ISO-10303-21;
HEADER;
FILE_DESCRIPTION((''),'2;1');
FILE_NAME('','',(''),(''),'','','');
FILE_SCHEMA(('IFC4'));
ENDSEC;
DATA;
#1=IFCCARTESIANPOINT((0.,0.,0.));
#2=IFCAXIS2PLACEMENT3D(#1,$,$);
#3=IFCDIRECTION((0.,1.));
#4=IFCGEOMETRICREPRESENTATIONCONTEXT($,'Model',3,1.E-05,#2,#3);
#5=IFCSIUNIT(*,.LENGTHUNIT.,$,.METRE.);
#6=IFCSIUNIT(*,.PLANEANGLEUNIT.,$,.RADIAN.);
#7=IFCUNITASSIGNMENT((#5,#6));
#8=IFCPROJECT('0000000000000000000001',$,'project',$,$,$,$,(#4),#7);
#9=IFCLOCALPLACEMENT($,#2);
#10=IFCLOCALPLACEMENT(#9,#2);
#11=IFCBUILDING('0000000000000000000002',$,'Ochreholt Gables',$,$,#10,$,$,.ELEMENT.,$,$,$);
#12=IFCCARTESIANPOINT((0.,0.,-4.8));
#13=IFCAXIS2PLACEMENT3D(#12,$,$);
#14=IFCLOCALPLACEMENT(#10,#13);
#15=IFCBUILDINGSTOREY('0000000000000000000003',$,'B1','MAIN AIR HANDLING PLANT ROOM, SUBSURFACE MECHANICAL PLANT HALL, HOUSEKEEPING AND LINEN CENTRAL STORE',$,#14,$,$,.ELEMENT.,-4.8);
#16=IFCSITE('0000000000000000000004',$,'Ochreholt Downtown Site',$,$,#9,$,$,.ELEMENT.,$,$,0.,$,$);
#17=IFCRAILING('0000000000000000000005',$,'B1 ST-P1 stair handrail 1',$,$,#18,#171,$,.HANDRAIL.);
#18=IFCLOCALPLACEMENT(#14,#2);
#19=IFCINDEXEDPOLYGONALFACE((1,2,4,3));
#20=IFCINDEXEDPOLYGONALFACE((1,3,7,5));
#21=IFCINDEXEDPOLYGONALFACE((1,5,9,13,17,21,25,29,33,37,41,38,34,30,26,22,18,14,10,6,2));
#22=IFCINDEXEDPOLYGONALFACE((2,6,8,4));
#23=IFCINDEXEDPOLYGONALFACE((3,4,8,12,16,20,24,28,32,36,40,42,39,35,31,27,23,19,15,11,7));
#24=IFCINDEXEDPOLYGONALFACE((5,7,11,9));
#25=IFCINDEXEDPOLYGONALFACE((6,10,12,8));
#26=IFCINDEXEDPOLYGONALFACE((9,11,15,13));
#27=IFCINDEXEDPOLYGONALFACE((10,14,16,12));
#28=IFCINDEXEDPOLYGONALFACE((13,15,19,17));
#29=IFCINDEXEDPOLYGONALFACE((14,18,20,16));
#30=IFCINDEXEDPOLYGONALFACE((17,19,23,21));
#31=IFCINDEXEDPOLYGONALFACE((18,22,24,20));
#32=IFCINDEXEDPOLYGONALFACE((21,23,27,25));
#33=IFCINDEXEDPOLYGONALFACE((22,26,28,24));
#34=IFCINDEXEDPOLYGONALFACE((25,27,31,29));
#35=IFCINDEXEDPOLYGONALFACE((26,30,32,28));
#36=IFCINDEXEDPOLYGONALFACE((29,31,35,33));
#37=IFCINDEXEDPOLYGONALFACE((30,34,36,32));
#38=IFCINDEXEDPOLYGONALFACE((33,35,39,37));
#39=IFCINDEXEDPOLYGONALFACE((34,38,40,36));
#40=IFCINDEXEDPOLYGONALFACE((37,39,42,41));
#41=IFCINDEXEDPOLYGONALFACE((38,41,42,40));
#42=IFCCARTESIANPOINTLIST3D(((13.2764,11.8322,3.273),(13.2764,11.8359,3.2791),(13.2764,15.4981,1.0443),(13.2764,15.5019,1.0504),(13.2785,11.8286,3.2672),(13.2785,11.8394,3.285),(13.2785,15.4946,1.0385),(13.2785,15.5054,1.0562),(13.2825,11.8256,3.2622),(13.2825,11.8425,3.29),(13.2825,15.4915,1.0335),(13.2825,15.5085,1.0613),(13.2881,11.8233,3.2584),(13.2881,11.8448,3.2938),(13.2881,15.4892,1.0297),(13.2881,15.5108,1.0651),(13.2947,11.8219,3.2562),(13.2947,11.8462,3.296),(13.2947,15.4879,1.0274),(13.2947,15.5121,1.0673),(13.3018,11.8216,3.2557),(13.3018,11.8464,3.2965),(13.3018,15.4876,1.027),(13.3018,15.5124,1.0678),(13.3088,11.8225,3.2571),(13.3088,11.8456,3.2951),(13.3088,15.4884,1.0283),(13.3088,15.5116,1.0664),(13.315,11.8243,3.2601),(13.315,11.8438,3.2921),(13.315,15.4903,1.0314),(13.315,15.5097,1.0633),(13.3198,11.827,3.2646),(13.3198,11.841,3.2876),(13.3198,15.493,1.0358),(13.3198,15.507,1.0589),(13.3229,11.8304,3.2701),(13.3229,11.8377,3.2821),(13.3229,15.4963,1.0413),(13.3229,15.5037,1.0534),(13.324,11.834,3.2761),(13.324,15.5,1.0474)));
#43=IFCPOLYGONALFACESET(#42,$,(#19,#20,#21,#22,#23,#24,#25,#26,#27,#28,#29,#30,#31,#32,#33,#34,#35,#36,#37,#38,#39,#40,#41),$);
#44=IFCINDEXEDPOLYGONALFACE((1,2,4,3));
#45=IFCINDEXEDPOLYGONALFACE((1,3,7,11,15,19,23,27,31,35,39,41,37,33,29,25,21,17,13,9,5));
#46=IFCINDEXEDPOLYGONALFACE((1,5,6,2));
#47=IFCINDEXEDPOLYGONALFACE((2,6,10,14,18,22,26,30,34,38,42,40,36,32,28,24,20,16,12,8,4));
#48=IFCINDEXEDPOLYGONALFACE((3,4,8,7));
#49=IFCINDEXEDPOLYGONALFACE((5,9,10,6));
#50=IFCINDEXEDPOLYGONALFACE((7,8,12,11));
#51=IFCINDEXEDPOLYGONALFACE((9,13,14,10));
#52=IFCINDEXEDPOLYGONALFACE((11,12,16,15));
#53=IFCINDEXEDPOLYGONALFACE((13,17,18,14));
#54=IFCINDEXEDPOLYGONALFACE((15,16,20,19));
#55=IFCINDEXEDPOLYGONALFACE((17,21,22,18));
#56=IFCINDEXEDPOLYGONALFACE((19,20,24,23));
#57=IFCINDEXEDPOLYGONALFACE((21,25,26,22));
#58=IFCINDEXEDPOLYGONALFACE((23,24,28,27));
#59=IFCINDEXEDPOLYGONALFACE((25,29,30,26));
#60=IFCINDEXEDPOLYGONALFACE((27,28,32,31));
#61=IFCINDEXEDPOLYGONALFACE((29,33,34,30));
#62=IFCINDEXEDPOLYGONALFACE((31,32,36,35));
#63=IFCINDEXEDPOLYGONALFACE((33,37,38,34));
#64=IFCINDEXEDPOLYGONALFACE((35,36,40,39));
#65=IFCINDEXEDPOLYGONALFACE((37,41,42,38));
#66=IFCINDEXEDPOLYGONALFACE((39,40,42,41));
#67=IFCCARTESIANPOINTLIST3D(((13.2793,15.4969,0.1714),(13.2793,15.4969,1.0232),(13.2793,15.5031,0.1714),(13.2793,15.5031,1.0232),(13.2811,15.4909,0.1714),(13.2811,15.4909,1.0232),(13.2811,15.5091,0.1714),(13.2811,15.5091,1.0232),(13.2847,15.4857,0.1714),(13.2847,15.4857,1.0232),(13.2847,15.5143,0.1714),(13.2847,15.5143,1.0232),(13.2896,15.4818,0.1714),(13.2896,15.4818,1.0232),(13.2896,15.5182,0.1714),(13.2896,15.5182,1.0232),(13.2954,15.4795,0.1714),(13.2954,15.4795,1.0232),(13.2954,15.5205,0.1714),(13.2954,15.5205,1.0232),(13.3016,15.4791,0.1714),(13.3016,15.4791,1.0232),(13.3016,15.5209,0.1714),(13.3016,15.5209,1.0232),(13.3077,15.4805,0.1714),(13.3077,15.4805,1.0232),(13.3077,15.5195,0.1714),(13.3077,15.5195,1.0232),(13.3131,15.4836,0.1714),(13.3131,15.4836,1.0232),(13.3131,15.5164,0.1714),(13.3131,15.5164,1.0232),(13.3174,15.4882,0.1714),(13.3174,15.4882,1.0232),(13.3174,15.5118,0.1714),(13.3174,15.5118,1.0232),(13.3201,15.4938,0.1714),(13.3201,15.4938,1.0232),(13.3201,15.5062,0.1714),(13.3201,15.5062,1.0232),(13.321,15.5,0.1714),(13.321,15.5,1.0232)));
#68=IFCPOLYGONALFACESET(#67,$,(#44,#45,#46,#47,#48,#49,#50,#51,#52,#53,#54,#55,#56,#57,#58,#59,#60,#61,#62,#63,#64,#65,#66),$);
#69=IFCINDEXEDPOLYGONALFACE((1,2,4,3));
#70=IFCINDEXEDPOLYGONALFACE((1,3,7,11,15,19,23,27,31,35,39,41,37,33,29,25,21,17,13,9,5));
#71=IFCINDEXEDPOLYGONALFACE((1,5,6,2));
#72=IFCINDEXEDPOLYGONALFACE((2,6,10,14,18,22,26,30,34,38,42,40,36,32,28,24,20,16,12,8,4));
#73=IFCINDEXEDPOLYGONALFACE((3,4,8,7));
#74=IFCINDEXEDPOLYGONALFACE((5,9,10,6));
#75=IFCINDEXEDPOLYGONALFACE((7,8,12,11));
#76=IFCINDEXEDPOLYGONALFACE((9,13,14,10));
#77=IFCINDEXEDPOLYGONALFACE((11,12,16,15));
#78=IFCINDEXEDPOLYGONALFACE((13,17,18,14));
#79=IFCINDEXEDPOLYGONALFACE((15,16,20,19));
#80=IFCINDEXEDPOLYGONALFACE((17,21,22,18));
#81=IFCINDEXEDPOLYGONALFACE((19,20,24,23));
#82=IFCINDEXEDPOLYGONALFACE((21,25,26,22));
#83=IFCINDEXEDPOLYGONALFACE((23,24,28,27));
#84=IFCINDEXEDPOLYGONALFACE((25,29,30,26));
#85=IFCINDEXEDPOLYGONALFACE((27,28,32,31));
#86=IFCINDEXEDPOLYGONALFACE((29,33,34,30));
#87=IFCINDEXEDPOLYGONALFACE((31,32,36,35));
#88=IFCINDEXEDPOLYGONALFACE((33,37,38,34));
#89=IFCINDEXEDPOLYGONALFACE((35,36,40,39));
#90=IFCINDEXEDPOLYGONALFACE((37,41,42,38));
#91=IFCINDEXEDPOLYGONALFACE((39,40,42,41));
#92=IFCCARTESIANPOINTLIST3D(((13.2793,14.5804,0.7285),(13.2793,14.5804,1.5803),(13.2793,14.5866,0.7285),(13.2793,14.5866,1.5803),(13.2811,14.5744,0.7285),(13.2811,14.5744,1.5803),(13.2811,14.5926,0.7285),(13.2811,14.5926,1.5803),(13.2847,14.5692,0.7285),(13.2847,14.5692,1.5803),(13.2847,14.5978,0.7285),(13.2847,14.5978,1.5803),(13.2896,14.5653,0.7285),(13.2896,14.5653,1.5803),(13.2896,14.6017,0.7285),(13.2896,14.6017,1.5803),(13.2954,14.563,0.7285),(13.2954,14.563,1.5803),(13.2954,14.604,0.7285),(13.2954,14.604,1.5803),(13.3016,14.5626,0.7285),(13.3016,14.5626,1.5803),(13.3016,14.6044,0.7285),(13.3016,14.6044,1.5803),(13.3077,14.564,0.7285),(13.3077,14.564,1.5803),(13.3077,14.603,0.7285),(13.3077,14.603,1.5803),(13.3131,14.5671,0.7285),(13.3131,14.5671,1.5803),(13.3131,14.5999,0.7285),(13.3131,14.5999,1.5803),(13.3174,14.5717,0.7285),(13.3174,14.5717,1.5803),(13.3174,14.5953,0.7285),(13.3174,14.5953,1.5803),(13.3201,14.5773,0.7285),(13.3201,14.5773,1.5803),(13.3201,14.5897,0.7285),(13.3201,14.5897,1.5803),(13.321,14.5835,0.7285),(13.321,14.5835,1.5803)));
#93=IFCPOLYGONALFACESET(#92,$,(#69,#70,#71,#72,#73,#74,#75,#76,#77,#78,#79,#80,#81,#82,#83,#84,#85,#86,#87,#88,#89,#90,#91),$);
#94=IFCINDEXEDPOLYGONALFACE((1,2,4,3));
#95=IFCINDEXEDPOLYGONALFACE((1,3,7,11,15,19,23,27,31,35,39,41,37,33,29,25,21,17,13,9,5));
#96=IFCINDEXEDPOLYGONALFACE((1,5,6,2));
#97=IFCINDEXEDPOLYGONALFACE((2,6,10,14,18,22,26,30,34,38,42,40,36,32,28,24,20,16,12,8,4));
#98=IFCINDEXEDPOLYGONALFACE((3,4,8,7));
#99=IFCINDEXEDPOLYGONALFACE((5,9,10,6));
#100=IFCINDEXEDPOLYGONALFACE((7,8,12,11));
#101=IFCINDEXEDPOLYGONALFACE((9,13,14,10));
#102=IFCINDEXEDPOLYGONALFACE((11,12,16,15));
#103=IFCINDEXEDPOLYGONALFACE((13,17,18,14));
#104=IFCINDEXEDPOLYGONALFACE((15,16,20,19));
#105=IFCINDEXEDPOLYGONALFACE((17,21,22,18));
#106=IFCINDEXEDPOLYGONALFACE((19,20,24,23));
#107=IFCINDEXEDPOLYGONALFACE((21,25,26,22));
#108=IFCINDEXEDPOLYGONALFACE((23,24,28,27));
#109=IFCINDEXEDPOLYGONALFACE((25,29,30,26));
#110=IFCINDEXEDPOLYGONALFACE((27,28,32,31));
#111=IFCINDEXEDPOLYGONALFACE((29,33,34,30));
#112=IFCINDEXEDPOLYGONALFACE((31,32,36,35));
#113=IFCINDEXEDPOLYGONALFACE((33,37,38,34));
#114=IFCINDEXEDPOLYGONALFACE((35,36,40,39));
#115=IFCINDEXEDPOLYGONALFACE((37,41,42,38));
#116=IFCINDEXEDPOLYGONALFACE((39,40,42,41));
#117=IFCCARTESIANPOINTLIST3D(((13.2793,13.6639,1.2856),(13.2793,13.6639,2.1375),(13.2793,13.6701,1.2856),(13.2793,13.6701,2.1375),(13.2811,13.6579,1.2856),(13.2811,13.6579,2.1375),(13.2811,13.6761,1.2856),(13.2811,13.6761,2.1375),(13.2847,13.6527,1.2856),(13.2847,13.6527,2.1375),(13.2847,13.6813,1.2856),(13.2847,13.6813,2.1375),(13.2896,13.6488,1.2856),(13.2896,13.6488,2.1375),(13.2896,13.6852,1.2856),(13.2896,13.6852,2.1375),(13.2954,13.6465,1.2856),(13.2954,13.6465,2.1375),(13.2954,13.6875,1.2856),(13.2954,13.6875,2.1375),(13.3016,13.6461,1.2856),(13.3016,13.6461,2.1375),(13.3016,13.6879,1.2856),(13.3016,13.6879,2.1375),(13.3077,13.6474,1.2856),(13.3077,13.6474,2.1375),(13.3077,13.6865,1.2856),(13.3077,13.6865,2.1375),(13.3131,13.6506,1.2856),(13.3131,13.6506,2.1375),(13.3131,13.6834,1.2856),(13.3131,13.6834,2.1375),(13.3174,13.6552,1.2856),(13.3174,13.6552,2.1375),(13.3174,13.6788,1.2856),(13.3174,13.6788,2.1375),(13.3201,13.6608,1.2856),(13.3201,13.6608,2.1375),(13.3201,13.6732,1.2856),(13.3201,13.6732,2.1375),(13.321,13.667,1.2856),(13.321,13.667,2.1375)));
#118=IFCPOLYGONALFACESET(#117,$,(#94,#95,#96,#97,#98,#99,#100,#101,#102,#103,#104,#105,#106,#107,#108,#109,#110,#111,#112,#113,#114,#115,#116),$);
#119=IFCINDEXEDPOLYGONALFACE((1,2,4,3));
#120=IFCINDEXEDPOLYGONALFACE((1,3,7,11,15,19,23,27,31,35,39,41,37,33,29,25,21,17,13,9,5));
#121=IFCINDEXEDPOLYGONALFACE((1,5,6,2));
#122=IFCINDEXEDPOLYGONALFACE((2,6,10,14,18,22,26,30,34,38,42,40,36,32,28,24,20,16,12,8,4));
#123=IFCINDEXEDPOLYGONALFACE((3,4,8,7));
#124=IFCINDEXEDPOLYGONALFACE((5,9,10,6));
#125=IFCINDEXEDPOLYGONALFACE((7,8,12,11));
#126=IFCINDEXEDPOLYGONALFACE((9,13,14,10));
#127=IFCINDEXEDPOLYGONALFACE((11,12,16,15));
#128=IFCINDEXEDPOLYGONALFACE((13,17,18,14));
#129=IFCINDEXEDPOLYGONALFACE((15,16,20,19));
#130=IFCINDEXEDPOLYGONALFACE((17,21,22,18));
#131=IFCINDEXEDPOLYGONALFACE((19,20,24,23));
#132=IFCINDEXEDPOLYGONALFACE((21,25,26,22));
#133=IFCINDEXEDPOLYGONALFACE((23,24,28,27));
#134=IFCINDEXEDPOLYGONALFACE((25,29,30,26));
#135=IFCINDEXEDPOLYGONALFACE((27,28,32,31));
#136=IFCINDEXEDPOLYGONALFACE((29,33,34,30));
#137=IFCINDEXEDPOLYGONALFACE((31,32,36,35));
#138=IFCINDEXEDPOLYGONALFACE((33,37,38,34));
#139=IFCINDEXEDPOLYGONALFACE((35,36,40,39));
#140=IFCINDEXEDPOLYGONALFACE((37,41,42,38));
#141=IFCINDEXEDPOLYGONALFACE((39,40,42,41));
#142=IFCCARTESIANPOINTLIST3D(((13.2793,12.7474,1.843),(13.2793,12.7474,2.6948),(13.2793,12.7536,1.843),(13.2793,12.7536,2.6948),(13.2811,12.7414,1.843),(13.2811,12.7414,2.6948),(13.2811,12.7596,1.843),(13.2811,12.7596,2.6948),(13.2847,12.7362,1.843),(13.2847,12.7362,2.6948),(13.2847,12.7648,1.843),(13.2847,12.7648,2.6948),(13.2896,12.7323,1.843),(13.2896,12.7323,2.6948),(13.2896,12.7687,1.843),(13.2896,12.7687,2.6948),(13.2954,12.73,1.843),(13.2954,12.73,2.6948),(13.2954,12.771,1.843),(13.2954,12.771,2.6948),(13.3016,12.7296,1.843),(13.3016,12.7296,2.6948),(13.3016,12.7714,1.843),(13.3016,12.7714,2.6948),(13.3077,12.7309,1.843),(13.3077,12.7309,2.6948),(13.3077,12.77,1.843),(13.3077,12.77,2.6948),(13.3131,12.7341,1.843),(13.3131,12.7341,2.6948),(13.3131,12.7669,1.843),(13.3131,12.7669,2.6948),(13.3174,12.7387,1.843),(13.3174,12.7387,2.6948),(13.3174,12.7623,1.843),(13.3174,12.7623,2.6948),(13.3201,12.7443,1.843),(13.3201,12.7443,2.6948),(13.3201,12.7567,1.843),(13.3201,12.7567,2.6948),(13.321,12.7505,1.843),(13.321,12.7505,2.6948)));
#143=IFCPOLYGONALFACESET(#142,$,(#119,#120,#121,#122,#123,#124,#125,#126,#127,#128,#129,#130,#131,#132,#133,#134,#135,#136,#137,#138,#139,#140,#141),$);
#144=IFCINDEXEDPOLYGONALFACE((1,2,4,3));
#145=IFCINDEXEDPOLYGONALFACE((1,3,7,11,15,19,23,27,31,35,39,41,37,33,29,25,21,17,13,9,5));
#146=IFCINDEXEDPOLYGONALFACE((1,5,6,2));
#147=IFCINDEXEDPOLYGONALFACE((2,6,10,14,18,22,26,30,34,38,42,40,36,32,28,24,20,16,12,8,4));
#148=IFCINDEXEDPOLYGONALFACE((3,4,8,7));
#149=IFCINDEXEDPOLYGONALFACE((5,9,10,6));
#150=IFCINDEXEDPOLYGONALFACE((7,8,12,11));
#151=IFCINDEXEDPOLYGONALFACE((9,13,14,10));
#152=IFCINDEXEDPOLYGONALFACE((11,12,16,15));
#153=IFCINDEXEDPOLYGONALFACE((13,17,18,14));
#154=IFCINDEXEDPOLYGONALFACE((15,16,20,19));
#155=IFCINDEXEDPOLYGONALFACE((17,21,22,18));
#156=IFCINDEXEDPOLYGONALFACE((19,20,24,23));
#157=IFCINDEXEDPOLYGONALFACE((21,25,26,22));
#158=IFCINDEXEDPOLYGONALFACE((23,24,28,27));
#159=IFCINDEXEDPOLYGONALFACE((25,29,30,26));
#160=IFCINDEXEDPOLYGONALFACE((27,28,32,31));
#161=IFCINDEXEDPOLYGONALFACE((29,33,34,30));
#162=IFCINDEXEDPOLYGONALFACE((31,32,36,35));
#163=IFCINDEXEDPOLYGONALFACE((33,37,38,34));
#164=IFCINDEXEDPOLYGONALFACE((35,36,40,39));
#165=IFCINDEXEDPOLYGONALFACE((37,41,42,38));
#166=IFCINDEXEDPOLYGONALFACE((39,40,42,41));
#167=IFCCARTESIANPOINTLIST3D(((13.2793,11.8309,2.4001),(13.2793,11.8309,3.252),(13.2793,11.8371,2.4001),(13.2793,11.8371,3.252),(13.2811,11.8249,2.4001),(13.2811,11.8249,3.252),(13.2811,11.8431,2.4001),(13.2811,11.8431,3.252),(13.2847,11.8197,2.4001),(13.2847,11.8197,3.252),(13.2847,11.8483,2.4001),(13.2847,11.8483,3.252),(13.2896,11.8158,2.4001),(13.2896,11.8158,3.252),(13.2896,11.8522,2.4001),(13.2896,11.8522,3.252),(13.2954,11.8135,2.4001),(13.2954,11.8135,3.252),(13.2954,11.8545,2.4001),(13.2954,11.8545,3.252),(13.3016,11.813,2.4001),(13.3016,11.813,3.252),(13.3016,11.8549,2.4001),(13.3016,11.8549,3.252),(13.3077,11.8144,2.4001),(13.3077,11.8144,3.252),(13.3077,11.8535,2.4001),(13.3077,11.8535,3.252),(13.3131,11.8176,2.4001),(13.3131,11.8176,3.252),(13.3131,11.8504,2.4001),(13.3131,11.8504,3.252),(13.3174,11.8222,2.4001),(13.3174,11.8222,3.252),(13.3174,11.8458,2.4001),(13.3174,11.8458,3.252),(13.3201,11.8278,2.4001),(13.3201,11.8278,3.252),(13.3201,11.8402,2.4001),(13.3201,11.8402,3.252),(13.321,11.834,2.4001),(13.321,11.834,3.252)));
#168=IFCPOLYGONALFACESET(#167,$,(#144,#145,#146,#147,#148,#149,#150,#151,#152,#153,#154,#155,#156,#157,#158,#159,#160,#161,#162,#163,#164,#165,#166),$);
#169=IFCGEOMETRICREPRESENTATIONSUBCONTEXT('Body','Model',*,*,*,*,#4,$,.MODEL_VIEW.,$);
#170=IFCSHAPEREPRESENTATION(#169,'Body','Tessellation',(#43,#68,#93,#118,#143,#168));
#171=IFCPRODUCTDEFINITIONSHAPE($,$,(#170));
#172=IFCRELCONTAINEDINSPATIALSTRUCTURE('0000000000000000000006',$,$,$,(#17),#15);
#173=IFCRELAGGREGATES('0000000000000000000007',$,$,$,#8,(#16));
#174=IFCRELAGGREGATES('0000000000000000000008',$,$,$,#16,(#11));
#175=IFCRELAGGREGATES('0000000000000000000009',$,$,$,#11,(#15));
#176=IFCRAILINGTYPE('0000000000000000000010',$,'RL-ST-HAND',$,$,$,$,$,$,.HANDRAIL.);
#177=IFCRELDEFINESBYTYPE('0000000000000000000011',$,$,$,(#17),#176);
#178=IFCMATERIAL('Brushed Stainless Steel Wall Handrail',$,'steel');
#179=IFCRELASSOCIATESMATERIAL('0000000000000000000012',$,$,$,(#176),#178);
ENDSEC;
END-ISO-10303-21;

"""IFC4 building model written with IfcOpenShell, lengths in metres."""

from ifc_helpers import new_model, si_unit, direction, frame, origin, origin_2d, place, context, subcontext, project, spatial, circle, extrude, material, type_object, element, save


model = new_model("IFC4")

# Units and contexts
model_context = context("Model", 3, precision=1e-05, world=origin(), true_north=direction((0.0, 1.0)))
body_context = subcontext(model_context, "Body", "Model", "MODEL_VIEW")
ifc_project = project(units=[si_unit("LENGTHUNIT", "METRE"), si_unit("PLANEANGLEUNIT", "RADIAN")], contexts=[model_context])

# Site, building, storey
site_placement = place(None, origin())
site = spatial("IfcSite", under=ifc_project, at=site_placement, Name="Ochreholt Downtown Site", CompositionType="ELEMENT", RefElevation=0.0)
building_placement = place(site_placement, origin())
building = spatial("IfcBuilding", under=site, at=building_placement, Name="Ochreholt Gables", CompositionType="ELEMENT")
storey_placement = place(building_placement, frame((0.0, 0.0, -4.8)))
storey = spatial("IfcBuildingStorey", under=building, at=storey_placement, Name="B1", Description="MAIN AIR HANDLING PLANT ROOM, SUBSURFACE MECHANICAL PLANT HALL, HOUSEKEEPING AND LINEN CENTRAL STORE", CompositionType="ELEMENT", Elevation=-4.8)

# Railing
ifc_material_1 = material(Name="Brushed Stainless Steel Wall Handrail", Category="steel")
railing_type_1 = type_object("IfcRailingType", Name="RL-ST-HAND", PredefinedType="HANDRAIL", material=ifc_material_1)
railing_1_placement = place(storey_placement, frame((13.3, 15.5, 0.1714)))
element("IfcRailing", 1, at=railing_1_placement, inside=storey, type_object=railing_type_1, Name="B1 ST-P1 stair handrail 1", PredefinedType="HANDRAIL", context=body_context, shape_type="SweptSolid", body=[
    extrude(circle(Radius=0.0239, at=origin_2d()), frame((0.0, 0.0, 0.876), z_axis=(0.0, -0.854481, 0.519483), x_axis=(1.0, 0.0, 0.0)), (0.0, 0.0, 1.0), 4.2903),
    extrude(circle(Radius=0.021, at=origin_2d()), origin(), (0.0, 0.0, 1.0), 0.8518),
    extrude(circle(Radius=0.021, at=origin_2d()), frame((0.0, -0.9165, 0.5571)), (0.0, 0.0, 1.0), 0.8518),
    extrude(circle(Radius=0.021, at=origin_2d()), frame((0.0, -1.833, 1.1143)), (0.0, 0.0, 1.0), 0.8518),
    extrude(circle(Radius=0.021, at=origin_2d()), frame((0.0, -2.7495, 1.6716)), (0.0, 0.0, 1.0), 0.8518),
    extrude(circle(Radius=0.021, at=origin_2d()), frame((0.0, -3.666, 2.2288)), (0.0, 0.0, 1.0), 0.8518),
])

save(model, "model.ifc")
